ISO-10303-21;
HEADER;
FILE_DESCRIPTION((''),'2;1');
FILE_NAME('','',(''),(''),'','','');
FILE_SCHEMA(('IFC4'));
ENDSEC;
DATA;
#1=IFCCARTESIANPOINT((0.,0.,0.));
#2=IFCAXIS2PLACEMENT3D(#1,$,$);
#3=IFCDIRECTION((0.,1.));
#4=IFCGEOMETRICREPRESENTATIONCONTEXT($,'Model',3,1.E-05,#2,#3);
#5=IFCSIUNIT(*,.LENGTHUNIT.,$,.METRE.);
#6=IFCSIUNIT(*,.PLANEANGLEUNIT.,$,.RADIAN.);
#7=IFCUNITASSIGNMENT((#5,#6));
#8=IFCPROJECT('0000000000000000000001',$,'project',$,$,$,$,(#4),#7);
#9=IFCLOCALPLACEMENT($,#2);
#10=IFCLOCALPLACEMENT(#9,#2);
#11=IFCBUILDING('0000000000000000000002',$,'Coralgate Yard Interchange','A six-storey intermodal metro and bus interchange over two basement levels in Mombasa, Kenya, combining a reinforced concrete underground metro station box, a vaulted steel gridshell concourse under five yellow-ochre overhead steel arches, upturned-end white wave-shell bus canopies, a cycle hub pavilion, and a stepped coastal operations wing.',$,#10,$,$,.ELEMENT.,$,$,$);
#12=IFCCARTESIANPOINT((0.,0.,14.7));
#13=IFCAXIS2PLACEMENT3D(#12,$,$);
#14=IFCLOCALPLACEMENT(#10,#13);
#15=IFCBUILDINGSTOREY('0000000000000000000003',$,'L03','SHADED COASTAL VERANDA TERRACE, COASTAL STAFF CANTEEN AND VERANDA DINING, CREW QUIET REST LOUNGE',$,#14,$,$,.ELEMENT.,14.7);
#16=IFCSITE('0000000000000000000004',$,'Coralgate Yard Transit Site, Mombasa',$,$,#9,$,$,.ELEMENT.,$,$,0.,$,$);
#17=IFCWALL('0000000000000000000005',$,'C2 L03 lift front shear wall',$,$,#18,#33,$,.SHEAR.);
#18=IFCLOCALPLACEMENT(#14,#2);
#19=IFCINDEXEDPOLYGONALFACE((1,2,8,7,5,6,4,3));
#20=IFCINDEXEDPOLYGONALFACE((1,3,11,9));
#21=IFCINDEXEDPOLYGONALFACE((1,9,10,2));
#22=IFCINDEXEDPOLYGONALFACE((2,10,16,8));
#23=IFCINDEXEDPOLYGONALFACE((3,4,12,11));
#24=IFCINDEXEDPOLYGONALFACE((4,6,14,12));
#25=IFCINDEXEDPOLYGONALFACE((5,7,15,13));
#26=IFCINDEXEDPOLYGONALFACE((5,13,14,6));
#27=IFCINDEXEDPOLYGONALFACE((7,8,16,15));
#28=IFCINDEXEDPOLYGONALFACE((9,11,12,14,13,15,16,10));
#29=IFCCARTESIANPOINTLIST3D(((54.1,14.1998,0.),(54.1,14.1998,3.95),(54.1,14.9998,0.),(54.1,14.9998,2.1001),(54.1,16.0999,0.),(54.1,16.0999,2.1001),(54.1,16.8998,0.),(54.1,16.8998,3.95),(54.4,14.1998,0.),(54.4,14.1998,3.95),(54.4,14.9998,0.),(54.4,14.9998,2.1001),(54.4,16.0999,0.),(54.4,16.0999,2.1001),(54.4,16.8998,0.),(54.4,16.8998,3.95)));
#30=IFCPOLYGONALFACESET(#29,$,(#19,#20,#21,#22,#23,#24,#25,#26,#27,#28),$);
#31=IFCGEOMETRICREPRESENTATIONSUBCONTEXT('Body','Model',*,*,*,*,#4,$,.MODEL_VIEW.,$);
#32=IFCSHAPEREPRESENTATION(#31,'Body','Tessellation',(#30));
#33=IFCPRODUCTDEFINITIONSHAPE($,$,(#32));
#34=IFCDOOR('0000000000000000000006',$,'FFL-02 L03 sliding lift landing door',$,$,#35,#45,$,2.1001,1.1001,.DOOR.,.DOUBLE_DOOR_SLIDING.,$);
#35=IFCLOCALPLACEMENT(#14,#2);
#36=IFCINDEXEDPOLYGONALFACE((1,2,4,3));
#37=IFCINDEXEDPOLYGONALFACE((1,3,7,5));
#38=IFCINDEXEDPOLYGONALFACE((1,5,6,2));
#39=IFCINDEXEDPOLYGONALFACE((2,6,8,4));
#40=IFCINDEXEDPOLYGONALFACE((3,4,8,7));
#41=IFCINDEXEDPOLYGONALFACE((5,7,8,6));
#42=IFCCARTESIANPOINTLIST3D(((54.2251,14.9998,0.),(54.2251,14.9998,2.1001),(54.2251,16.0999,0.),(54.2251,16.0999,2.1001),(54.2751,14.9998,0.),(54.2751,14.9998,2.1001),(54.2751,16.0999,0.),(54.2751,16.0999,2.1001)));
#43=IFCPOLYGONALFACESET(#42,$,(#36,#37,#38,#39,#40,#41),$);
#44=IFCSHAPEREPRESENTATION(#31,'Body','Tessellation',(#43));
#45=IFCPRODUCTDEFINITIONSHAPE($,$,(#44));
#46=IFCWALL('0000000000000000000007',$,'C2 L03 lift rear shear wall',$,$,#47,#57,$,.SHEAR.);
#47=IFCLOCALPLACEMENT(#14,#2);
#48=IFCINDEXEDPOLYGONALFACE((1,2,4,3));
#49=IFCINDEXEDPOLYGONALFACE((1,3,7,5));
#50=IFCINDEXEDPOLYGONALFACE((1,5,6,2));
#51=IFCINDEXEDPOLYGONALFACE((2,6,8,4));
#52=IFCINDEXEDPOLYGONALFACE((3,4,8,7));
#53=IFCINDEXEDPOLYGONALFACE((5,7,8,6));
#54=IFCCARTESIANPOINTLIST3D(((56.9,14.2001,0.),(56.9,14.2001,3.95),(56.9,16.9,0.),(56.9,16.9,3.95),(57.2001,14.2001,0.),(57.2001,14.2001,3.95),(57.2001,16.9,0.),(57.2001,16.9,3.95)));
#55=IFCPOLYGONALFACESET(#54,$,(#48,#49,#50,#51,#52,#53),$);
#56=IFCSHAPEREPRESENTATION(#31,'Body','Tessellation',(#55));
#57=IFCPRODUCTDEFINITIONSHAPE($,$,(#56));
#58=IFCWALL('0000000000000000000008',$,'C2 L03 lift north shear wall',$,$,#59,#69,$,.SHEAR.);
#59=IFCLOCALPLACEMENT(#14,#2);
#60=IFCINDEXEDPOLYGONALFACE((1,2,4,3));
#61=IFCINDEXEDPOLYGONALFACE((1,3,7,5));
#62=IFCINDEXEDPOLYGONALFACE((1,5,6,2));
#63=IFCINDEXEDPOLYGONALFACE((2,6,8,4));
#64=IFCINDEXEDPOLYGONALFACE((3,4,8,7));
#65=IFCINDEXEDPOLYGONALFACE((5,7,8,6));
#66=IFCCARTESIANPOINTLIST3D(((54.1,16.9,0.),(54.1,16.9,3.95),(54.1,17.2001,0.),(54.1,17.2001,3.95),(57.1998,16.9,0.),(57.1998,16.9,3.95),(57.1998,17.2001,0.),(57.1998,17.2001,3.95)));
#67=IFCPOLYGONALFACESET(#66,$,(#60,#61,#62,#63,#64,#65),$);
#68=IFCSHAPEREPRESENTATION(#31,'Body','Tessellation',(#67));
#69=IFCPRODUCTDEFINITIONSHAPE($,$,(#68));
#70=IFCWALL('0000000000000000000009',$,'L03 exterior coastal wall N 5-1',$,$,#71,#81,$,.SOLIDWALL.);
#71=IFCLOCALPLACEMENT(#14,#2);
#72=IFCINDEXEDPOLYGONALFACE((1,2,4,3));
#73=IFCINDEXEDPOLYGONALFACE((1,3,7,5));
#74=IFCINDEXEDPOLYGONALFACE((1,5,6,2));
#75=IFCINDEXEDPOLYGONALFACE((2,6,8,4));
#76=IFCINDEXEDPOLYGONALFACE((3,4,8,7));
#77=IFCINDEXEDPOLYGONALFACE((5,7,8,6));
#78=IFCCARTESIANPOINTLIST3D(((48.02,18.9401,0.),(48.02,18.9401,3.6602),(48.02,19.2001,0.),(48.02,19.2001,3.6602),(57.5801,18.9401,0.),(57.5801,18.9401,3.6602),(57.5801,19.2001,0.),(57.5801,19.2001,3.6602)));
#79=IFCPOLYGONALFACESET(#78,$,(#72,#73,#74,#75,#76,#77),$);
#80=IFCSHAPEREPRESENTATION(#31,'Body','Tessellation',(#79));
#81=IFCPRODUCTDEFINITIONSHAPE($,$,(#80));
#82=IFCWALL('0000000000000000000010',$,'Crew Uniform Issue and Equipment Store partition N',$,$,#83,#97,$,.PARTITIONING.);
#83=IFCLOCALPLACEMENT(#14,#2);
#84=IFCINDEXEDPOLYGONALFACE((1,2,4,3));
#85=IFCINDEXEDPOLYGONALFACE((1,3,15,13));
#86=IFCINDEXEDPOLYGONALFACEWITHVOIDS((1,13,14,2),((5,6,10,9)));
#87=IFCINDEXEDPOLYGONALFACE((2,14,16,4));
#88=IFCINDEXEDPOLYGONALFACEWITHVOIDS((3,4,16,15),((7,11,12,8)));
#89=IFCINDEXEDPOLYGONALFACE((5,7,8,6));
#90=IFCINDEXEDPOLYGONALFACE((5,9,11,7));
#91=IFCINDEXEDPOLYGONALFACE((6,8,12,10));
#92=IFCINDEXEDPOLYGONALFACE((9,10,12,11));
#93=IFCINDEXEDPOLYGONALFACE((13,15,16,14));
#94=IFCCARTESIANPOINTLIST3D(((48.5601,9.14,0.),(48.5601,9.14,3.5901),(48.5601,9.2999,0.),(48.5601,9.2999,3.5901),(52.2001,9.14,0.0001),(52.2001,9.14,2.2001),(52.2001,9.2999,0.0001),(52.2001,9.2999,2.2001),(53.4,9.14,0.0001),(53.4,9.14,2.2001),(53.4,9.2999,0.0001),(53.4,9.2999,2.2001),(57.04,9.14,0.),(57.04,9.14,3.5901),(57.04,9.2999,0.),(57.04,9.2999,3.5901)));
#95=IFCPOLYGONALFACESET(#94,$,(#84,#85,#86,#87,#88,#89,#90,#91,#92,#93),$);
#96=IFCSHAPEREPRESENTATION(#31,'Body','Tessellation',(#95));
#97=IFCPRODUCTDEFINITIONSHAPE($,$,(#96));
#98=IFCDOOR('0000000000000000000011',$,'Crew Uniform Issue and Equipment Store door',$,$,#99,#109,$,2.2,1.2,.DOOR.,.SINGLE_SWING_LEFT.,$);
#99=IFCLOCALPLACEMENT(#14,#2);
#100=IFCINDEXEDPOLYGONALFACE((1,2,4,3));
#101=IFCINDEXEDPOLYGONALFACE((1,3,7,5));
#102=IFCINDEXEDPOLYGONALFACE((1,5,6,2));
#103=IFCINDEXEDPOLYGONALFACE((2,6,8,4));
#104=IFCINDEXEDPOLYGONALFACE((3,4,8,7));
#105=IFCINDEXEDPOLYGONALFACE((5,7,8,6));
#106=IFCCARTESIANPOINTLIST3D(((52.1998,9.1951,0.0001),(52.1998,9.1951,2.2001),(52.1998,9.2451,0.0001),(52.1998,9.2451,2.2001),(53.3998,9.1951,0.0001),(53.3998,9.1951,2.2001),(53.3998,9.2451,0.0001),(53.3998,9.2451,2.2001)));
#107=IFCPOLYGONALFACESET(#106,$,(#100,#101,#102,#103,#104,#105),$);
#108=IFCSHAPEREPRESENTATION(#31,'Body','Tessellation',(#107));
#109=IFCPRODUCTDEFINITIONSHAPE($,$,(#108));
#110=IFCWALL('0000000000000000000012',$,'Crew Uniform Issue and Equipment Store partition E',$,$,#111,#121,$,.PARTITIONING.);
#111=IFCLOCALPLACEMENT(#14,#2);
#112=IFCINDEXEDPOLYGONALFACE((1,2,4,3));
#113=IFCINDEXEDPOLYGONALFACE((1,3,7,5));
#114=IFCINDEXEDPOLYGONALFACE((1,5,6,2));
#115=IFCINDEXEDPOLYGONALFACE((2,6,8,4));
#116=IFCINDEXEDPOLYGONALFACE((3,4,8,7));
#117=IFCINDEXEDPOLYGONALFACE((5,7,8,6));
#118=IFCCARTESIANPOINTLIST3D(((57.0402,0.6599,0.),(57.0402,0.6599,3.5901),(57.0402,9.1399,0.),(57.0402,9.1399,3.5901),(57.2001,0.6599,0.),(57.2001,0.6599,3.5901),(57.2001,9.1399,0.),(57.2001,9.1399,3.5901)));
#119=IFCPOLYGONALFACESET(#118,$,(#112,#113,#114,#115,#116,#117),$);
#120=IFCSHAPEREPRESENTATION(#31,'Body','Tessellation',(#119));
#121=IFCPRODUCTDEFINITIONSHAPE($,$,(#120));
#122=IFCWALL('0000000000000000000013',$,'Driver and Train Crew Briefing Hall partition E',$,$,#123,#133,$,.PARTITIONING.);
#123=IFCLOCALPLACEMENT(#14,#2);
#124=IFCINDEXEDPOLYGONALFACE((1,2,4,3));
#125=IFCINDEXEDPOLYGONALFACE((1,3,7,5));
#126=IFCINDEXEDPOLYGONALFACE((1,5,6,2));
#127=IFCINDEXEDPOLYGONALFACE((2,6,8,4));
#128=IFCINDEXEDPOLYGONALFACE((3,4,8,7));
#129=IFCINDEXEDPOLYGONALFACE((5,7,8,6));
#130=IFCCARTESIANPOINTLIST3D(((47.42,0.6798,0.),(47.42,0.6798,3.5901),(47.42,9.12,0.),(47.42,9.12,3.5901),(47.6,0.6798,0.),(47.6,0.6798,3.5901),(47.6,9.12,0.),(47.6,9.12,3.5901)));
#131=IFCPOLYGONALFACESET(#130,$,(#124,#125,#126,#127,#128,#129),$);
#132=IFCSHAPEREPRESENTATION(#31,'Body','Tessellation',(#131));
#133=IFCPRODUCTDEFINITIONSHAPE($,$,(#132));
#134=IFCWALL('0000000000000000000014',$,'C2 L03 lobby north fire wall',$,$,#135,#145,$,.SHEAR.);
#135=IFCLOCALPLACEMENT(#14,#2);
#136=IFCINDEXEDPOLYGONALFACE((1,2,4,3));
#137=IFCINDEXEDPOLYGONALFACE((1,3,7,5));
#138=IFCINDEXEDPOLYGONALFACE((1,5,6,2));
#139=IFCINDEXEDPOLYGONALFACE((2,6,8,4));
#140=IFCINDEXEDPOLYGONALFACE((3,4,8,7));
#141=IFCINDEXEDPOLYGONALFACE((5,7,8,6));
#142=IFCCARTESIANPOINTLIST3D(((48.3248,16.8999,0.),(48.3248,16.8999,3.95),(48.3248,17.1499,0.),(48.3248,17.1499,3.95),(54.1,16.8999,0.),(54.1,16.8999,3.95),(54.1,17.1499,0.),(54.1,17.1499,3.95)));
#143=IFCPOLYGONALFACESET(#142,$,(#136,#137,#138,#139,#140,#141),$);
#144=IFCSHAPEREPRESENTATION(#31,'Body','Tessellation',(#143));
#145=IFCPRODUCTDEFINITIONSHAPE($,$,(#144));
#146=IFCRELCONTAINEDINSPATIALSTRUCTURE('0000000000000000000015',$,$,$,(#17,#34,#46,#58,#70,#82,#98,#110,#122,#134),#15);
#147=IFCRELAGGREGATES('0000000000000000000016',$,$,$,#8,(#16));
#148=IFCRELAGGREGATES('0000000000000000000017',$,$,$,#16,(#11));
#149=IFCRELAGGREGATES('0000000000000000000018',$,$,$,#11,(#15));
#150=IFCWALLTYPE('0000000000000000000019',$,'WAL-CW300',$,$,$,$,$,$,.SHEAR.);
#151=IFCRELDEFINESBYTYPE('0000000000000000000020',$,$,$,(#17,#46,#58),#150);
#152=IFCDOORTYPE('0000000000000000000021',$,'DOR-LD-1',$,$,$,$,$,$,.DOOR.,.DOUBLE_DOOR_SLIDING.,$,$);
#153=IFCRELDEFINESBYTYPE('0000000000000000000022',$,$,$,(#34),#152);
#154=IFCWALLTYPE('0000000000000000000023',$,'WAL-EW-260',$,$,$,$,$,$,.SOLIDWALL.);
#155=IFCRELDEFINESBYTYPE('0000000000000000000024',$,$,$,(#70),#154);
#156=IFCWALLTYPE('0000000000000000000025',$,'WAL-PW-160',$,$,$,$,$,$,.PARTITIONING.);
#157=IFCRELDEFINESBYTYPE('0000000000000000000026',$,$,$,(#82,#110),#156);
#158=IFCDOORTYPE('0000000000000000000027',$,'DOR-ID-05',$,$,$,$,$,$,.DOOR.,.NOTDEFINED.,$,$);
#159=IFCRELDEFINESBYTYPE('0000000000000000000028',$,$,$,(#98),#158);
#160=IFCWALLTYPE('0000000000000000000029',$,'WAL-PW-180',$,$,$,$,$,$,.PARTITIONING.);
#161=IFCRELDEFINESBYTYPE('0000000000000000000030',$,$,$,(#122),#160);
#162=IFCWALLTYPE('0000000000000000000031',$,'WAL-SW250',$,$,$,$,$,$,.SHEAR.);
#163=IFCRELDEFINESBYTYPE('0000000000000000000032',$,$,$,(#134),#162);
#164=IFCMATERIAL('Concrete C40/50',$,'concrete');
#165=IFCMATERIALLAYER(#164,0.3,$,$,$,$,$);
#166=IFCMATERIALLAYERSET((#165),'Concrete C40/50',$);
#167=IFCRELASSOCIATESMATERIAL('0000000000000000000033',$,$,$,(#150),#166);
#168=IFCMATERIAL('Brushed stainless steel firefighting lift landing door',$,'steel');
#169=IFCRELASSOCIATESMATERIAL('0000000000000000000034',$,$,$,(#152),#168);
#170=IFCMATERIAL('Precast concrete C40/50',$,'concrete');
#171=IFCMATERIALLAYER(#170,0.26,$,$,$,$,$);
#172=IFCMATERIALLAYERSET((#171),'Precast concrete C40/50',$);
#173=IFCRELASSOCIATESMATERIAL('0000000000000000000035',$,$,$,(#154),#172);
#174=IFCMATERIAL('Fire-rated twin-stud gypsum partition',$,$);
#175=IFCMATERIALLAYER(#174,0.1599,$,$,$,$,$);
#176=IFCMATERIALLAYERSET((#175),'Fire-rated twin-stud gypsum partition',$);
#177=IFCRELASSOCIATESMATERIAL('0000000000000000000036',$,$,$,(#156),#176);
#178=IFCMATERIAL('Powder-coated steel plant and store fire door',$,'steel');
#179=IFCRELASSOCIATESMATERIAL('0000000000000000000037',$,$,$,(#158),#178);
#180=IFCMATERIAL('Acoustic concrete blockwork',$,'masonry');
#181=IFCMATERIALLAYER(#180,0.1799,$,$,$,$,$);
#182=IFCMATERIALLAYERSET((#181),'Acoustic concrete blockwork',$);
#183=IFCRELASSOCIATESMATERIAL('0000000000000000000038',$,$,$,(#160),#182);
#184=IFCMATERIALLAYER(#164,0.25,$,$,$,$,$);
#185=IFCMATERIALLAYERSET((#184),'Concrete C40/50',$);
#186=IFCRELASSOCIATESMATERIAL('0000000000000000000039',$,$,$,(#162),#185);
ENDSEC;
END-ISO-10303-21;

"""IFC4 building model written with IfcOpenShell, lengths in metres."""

from ifc_helpers import new_model, si_unit, direction, frame, frame_2d, origin, place, context, subcontext, project, spatial, rectangle, extrude, material, layer, layer_set, type_object, element, fill, save


model = new_model("IFC4")

# Units and contexts
model_context = context("Model", 3, precision=1e-05, world=origin(), true_north=direction((0.0, 1.0)))
body_context = subcontext(model_context, "Body", "Model", "MODEL_VIEW")
ifc_project = project(units=[si_unit("LENGTHUNIT", "METRE"), si_unit("PLANEANGLEUNIT", "RADIAN")], contexts=[model_context])

# Site, building, storey
site_placement = place(None, origin())
site = spatial("IfcSite", under=ifc_project, at=site_placement, Name="Coralgate Yard Transit Site, Mombasa", CompositionType="ELEMENT", RefElevation=0.0)
building_placement = place(site_placement, origin())
building = spatial("IfcBuilding", under=site, at=building_placement, Name="Coralgate Yard Interchange", Description="A six-storey intermodal metro and bus interchange over two basement levels in Mombasa, Kenya, combining a reinforced concrete underground metro station box, a vaulted steel gridshell concourse under five yellow-ochre overhead steel arches, upturned-end white wave-shell bus canopies, a cycle hub pavilion, and a stepped coastal operations wing.", CompositionType="ELEMENT")
storey_placement = place(building_placement, frame((0.0, 0.0, 14.7)))
storey = spatial("IfcBuildingStorey", under=building, at=storey_placement, Name="L03", Description="SHADED COASTAL VERANDA TERRACE, COASTAL STAFF CANTEEN AND VERANDA DINING, CREW QUIET REST LOUNGE", CompositionType="ELEMENT", Elevation=14.7)

# Shared definitions
ifc_material_1 = material(Name="Concrete C40/50", Category="concrete")
ifc_layer_1 = layer(ifc_material_1, 0.3)
ifc_layer_set_1 = layer_set([ifc_layer_1], Name="Concrete C40/50")
wall_type_1 = type_object("IfcWallType", Name="WAL-CW300", PredefinedType="SHEAR", material=ifc_layer_set_1)

# Wall, opening, door
wall_1_placement = place(storey_placement, frame((54.25, 16.8999, 0.0), z_axis=(0.0, 0.0, 1.0), x_axis=(0.0, -1.0, 0.0)))
wall_1 = element("IfcWall", 1, at=wall_1_placement, inside=storey, type_object=wall_type_1, Name="C2 L03 lift front shear wall", PredefinedType="SHEAR", context=body_context, shape_type="SweptSolid", body=[
    extrude(rectangle(XDim=2.7, YDim=0.3, at=frame_2d((1.3501, 0.0))), origin(), (0.0, 0.0, 1.0), 3.95),
])
opening_1_placement = place(wall_1_placement, frame((0.8, 0.0, 0.0)))
opening_1 = element("IfcOpeningElement", 2, at=opening_1_placement, cuts=wall_1, PredefinedType="OPENING", context=body_context, shape_type="SweptSolid", body=[
    extrude(rectangle(XDim=1.1001, YDim=2.1001, at=frame_2d((0.55, 1.05))), frame((0.0, 0.1599, 0.0), z_axis=(0.0, -1.0, 0.0), x_axis=(1.0, 0.0, 0.0)), (0.0, 0.0, 1.0), 0.3201),
])
ifc_material_2 = material(Name="Brushed stainless steel firefighting lift landing door", Category="steel")
door_type_1 = type_object("IfcDoorType", Name="DOR-LD-1", OperationType="DOUBLE_DOOR_SLIDING", PredefinedType="DOOR", material=ifc_material_2)
door_1_placement = place(opening_1_placement, frame((1.1001, 0.0, 0.0), z_axis=(0.0, 0.0, 1.0), x_axis=(-1.0, 0.0, 0.0)))
door_1 = element("IfcDoor", 3, at=door_1_placement, inside=storey, type_object=door_type_1, Name="FFL-02 L03 sliding lift landing door", OperationType="DOUBLE_DOOR_SLIDING", OverallHeight=2.1001, OverallWidth=1.1001, PredefinedType="DOOR", context=body_context, shape_type="SweptSolid", body=[
    extrude(rectangle(XDim=1.1001, YDim=2.1001, at=frame_2d((0.55, 1.05))), frame((0.0, 0.0249, 0.0), z_axis=(0.0, -1.0, 0.0), x_axis=(1.0, 0.0, 0.0)), (0.0, 0.0, 1.0), 0.05),
])
fill(opening_1, door_1)

# Walls
wall_2_placement = place(storey_placement, frame((57.05, 14.2, 0.0), z_axis=(0.0, 0.0, 1.0), x_axis=(0.0, 1.0, 0.0)))
element("IfcWall", 4, at=wall_2_placement, inside=storey, type_object=wall_type_1, Name="C2 L03 lift rear shear wall", PredefinedType="SHEAR", context=body_context, shape_type="SweptSolid", body=[
    extrude(rectangle(XDim=2.7, YDim=0.3, at=frame_2d((1.3501, 0.0))), origin(), (0.0, 0.0, 1.0), 3.95),
])
wall_3_placement = place(storey_placement, frame((54.1001, 17.05, 0.0), z_axis=(0.0, 0.0, 1.0), x_axis=(1.0, 0.0, 0.0)))
element("IfcWall", 5, at=wall_3_placement, inside=storey, type_object=wall_type_1, Name="C2 L03 lift north shear wall", PredefinedType="SHEAR", context=body_context, shape_type="SweptSolid", body=[
    extrude(rectangle(XDim=3.0999, YDim=0.3, at=frame_2d((1.5498, 0.0))), origin(), (0.0, 0.0, 1.0), 3.95),
])
ifc_material_3 = material(Name="Precast concrete C40/50", Category="concrete")
ifc_layer_2 = layer(ifc_material_3, 0.26)
ifc_layer_set_2 = layer_set([ifc_layer_2], Name="Precast concrete C40/50")
wall_type_2 = type_object("IfcWallType", Name="WAL-EW-260", PredefinedType="SOLIDWALL", material=ifc_layer_set_2)
wall_4_placement = place(storey_placement, frame((48.02, 19.0701, 0.0), z_axis=(0.0, 0.0, 1.0), x_axis=(1.0, 0.0, 0.0)))
element("IfcWall", 6, at=wall_4_placement, inside=storey, type_object=wall_type_2, Name="L03 exterior coastal wall N 5-1", PredefinedType="SOLIDWALL", context=body_context, shape_type="SweptSolid", body=[
    extrude(rectangle(XDim=9.5601, YDim=0.26, at=frame_2d((4.78, 0.0))), origin(), (0.0, 0.0, 1.0), 3.6602),
])

# Wall, opening, door
ifc_material_4 = material(Name="Fire-rated twin-stud gypsum partition")
ifc_layer_3 = layer(ifc_material_4, 0.1599)
ifc_layer_set_3 = layer_set([ifc_layer_3], Name="Fire-rated twin-stud gypsum partition")
wall_type_3 = type_object("IfcWallType", Name="WAL-PW-160", PredefinedType="PARTITIONING", material=ifc_layer_set_3)
wall_5_placement = place(storey_placement, frame((48.5601, 9.22, 0.0), z_axis=(0.0, 0.0, 1.0), x_axis=(1.0, 0.0, 0.0)))
wall_5 = element("IfcWall", 7, at=wall_5_placement, inside=storey, type_object=wall_type_3, Name="Crew Uniform Issue and Equipment Store partition N", PredefinedType="PARTITIONING", context=body_context, shape_type="SweptSolid", body=[
    extrude(rectangle(XDim=8.48, YDim=0.1599, at=frame_2d((4.24, 0.0))), origin(), (0.0, 0.0, 1.0), 3.5901),
])
opening_2_placement = place(wall_5_placement, frame((3.6399, 0.0, 0.0)))
opening_2 = element("IfcOpeningElement", 8, at=opening_2_placement, cuts=wall_5, PredefinedType="OPENING", context=body_context, shape_type="SweptSolid", body=[
    extrude(rectangle(XDim=1.2, YDim=2.2, at=frame_2d((0.6001, 1.1001))), frame((0.0, 0.0898, 0.0), z_axis=(0.0, -1.0, 0.0), x_axis=(1.0, 0.0, 0.0)), (0.0, 0.0, 1.0), 0.1799),
])
ifc_material_5 = material(Name="Powder-coated steel plant and store fire door", Category="steel")
door_type_2 = type_object("IfcDoorType", Name="DOR-ID-05", OperationType="NOTDEFINED", PredefinedType="DOOR", material=ifc_material_5)
door_2_placement = place(opening_2_placement, frame((1.2, 0.0, 0.0), z_axis=(0.0, 0.0, 1.0), x_axis=(-1.0, 0.0, 0.0)))
door_2 = element("IfcDoor", 9, at=door_2_placement, inside=storey, type_object=door_type_2, Name="Crew Uniform Issue and Equipment Store door", OperationType="SINGLE_SWING_LEFT", OverallHeight=2.2, OverallWidth=1.2, PredefinedType="DOOR", context=body_context, shape_type="SweptSolid", body=[
    extrude(rectangle(XDim=1.2, YDim=2.2, at=frame_2d((0.6001, 1.1001))), frame((0.0, 0.0249, 0.0), z_axis=(0.0, -1.0, 0.0), x_axis=(1.0, 0.0, 0.0)), (0.0, 0.0, 1.0), 0.05),
])
fill(opening_2, door_2)

# Walls
wall_6_placement = place(storey_placement, frame((57.1201, 9.1399, 0.0), z_axis=(0.0, 0.0, 1.0), x_axis=(0.0, -1.0, 0.0)))
element("IfcWall", 10, at=wall_6_placement, inside=storey, type_object=wall_type_3, Name="Crew Uniform Issue and Equipment Store partition E", PredefinedType="PARTITIONING", context=body_context, shape_type="SweptSolid", body=[
    extrude(rectangle(XDim=8.48, YDim=0.1599, at=frame_2d((4.24, 0.0))), origin(), (0.0, 0.0, 1.0), 3.5901),
])
ifc_material_6 = material(Name="Acoustic concrete blockwork", Category="masonry")
ifc_layer_4 = layer(ifc_material_6, 0.1799)
ifc_layer_set_4 = layer_set([ifc_layer_4], Name="Acoustic concrete blockwork")
wall_type_4 = type_object("IfcWallType", Name="WAL-PW-180", PredefinedType="PARTITIONING", material=ifc_layer_set_4)
wall_7_placement = place(storey_placement, frame((47.51, 9.1201, 0.0), z_axis=(0.0, 0.0, 1.0), x_axis=(0.0, -1.0, 0.0)))
element("IfcWall", 11, at=wall_7_placement, inside=storey, type_object=wall_type_4, Name="Driver and Train Crew Briefing Hall partition E", PredefinedType="PARTITIONING", context=body_context, shape_type="SweptSolid", body=[
    extrude(rectangle(XDim=8.4402, YDim=0.1799, at=frame_2d((4.2202, 0.0))), origin(), (0.0, 0.0, 1.0), 3.5901),
])
ifc_layer_5 = layer(ifc_material_1, 0.25)
ifc_layer_set_5 = layer_set([ifc_layer_5], Name="Concrete C40/50")
wall_type_5 = type_object("IfcWallType", Name="WAL-SW250", PredefinedType="SHEAR", material=ifc_layer_set_5)
wall_8_placement = place(storey_placement, frame((54.1001, 17.0249, 0.0), z_axis=(0.0, 0.0, 1.0), x_axis=(-1.0, 0.0, 0.0)))
element("IfcWall", 12, at=wall_8_placement, inside=storey, type_object=wall_type_5, Name="C2 L03 lobby north fire wall", PredefinedType="SHEAR", context=body_context, shape_type="SweptSolid", body=[
    extrude(rectangle(XDim=5.7751, YDim=0.25, at=frame_2d((2.8877, 0.0))), origin(), (0.0, 0.0, 1.0), 3.95),
])

save(model, "model.ifc")
